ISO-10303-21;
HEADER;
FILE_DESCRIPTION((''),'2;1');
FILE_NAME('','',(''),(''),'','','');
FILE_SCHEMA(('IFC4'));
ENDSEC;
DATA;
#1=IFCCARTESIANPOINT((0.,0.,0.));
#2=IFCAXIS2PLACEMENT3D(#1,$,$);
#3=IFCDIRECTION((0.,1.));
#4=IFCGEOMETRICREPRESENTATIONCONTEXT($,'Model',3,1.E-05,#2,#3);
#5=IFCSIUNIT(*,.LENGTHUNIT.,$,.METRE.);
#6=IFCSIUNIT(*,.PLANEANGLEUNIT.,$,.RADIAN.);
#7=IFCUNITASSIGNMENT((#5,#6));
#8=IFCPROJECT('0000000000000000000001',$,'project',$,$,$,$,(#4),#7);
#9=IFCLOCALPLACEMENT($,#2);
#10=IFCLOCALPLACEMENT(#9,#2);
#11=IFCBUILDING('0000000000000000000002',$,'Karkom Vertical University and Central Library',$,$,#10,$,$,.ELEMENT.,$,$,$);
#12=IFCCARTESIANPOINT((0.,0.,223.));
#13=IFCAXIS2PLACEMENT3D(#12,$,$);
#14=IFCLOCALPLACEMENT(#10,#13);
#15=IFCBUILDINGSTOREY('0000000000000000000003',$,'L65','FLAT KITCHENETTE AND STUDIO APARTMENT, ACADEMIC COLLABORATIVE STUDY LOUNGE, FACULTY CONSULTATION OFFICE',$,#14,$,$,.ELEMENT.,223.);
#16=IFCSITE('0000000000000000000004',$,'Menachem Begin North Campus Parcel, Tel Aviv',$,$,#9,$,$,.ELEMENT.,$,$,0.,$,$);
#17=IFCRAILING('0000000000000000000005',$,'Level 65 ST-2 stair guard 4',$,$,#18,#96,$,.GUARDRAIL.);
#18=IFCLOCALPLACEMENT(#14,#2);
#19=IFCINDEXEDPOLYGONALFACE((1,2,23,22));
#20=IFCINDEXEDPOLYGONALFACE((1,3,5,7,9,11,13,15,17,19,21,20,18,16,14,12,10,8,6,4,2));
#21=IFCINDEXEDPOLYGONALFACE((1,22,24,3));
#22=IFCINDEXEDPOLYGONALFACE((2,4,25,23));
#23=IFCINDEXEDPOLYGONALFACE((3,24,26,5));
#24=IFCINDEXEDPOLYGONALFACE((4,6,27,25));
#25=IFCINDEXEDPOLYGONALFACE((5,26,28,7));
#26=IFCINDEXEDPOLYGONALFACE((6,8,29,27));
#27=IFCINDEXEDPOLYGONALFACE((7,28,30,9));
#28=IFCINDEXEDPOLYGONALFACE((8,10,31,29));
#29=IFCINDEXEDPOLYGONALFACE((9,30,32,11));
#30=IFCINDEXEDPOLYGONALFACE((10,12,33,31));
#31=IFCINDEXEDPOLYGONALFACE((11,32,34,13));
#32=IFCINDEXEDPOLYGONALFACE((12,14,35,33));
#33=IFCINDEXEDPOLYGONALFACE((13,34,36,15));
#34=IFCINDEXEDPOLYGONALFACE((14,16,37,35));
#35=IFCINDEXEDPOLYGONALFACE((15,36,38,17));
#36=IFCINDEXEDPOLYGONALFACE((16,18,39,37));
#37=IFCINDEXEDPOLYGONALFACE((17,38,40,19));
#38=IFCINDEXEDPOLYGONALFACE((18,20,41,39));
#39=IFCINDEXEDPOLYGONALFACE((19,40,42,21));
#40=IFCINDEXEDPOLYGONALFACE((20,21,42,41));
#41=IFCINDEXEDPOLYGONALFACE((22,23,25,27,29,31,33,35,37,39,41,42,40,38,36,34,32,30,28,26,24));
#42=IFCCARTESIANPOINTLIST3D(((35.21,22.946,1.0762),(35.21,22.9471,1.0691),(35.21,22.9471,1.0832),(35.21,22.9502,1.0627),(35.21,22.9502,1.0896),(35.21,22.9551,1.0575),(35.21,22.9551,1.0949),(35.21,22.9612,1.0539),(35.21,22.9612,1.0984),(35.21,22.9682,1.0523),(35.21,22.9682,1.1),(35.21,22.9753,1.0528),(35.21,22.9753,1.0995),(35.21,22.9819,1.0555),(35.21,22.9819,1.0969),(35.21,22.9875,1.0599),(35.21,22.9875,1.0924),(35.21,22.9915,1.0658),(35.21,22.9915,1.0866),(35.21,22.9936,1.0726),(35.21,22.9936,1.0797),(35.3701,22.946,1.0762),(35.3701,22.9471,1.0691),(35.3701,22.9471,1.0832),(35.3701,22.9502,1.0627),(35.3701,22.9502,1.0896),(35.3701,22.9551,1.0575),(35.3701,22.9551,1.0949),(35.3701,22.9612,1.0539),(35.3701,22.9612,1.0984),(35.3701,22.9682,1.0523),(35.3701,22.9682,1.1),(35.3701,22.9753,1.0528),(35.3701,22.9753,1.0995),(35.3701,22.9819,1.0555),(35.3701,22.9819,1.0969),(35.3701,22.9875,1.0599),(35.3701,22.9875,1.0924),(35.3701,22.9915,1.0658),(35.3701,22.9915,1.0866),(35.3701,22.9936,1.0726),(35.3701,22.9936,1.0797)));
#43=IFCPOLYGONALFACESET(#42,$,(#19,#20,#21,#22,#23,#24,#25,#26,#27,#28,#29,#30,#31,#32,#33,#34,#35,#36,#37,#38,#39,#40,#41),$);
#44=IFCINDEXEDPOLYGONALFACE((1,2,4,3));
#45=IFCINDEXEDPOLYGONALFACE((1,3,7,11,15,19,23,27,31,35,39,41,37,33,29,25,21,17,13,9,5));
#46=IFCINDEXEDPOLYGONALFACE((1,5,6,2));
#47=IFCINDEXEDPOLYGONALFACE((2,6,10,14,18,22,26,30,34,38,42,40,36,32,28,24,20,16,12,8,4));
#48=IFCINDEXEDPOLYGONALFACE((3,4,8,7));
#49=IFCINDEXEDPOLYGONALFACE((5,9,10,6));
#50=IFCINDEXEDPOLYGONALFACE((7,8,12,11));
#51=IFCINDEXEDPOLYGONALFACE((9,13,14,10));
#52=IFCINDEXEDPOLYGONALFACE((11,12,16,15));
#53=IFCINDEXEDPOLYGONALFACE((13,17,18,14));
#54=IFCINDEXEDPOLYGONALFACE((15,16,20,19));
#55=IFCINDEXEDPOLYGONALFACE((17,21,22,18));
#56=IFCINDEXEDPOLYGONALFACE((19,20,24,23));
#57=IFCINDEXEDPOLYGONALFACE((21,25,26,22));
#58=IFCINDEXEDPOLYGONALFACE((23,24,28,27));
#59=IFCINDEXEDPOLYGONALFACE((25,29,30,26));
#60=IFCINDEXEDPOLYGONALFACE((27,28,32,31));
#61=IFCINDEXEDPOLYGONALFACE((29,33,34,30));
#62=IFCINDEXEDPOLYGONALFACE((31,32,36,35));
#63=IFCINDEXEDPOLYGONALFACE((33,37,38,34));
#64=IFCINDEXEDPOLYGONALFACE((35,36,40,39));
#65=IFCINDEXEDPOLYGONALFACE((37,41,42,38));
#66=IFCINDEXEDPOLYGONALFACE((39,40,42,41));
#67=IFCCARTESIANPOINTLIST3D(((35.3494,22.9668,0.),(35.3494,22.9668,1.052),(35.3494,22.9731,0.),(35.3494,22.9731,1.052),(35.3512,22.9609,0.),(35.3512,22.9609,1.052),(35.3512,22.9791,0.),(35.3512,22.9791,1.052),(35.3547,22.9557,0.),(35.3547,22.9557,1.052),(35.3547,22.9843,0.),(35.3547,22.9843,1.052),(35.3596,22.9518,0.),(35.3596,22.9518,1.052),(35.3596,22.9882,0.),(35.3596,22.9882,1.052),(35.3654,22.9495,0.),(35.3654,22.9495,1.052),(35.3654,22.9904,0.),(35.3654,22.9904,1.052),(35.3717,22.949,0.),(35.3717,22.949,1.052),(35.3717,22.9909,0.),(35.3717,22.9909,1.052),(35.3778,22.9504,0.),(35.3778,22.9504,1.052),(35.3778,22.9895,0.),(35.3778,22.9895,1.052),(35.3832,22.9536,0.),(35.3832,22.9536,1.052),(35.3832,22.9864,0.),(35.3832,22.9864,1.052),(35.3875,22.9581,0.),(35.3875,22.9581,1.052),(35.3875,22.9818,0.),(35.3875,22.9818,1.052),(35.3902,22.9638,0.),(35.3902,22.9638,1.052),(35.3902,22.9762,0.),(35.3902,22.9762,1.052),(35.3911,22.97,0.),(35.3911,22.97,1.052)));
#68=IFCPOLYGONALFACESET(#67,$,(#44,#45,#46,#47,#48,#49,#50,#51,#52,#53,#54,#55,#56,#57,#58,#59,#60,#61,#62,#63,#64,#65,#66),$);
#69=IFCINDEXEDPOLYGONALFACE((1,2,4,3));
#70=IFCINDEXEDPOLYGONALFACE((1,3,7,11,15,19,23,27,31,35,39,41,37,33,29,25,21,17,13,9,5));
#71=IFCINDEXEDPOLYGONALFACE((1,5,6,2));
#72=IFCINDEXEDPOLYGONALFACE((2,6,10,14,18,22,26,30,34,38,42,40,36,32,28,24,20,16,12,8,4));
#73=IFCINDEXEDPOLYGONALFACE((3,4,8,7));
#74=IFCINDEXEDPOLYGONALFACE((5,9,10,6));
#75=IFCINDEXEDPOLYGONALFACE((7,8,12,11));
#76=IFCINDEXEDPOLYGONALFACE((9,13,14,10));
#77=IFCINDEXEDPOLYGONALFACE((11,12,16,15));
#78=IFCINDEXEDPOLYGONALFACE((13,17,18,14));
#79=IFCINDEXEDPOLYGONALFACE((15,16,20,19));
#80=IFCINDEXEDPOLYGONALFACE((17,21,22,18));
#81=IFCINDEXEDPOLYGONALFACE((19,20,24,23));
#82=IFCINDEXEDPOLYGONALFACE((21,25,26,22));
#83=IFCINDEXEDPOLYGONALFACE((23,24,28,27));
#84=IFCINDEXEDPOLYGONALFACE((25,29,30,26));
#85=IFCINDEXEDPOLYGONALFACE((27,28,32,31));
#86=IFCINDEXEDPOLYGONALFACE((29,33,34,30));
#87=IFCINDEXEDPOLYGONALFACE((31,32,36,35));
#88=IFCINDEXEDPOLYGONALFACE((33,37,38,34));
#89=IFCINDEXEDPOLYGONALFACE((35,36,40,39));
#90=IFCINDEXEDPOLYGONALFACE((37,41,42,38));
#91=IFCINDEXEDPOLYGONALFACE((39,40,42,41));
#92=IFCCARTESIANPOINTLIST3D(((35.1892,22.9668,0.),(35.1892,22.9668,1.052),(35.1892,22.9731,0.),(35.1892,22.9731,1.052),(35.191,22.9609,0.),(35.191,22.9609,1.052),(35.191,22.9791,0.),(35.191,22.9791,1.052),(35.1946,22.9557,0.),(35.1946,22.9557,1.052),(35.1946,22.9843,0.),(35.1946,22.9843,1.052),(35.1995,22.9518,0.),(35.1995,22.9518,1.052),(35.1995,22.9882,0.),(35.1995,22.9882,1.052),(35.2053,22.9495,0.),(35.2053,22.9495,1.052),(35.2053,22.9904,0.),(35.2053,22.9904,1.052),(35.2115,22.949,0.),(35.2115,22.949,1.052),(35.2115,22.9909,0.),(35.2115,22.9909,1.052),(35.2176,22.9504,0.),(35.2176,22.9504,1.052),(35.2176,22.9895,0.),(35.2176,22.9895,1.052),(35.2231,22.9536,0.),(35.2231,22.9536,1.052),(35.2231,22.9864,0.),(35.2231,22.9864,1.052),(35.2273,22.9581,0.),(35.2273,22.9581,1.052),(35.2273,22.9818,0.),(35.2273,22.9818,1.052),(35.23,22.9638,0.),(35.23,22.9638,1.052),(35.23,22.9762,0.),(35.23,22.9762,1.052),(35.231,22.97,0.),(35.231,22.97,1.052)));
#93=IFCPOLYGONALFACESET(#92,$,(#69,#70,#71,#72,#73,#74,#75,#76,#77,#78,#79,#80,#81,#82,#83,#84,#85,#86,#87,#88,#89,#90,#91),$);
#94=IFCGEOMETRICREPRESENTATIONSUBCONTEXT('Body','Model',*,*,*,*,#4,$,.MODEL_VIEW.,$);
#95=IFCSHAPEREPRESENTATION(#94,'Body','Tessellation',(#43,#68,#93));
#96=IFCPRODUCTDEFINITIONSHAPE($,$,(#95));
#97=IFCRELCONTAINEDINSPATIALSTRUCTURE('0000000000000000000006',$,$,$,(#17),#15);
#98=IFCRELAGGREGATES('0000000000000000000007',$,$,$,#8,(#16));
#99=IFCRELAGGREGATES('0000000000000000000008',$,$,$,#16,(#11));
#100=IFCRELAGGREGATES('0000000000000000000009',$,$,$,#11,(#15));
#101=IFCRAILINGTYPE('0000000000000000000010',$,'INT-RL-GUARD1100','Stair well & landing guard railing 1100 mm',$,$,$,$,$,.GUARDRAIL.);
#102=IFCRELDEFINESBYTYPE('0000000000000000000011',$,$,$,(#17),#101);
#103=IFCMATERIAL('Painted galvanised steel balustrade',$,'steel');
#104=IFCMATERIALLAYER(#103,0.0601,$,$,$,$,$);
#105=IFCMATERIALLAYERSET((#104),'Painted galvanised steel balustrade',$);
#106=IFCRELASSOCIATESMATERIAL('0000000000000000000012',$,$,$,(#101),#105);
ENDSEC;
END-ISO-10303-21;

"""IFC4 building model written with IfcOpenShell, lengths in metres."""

from ifc_helpers import new_model, si_unit, direction, frame, origin, origin_2d, place, context, subcontext, project, spatial, circle, extrude, material, layer, layer_set, type_object, element, save


model = new_model("IFC4")

# Units and contexts
model_context = context("Model", 3, precision=1e-05, world=origin(), true_north=direction((0.0, 1.0)))
body_context = subcontext(model_context, "Body", "Model", "MODEL_VIEW")
ifc_project = project(units=[si_unit("LENGTHUNIT", "METRE"), si_unit("PLANEANGLEUNIT", "RADIAN")], contexts=[model_context])

# Site, building, storey
site_placement = place(None, origin())
site = spatial("IfcSite", under=ifc_project, at=site_placement, Name="Menachem Begin North Campus Parcel, Tel Aviv", CompositionType="ELEMENT", RefElevation=0.0)
building_placement = place(site_placement, origin())
building = spatial("IfcBuilding", under=site, at=building_placement, Name="Karkom Vertical University and Central Library", CompositionType="ELEMENT")
storey_placement = place(building_placement, frame((0.0, 0.0, 223.0)))
storey = spatial("IfcBuildingStorey", under=building, at=storey_placement, Name="L65", Description="FLAT KITCHENETTE AND STUDIO APARTMENT, ACADEMIC COLLABORATIVE STUDY LOUNGE, FACULTY CONSULTATION OFFICE", CompositionType="ELEMENT", Elevation=223.0)

# Railing
ifc_material_1 = material(Name="Painted galvanised steel balustrade", Category="steel")
ifc_layer_1 = layer(ifc_material_1, 0.0601)
ifc_layer_set_1 = layer_set([ifc_layer_1], Name="Painted galvanised steel balustrade")
railing_type_1 = type_object("IfcRailingType", Name="INT-RL-GUARD1100", Description="Stair well & landing guard railing 1100 mm", PredefinedType="GUARDRAIL", material=ifc_layer_set_1)
railing_1_placement = place(storey_placement, frame((35.3701, 22.97, 0.0)))
element("IfcRailing", 1, at=railing_1_placement, inside=storey, type_object=railing_type_1, Name="Level 65 ST-2 stair guard 4", PredefinedType="GUARDRAIL", context=body_context, shape_type="SweptSolid", body=[
    extrude(circle(Radius=0.0239, at=origin_2d()), frame((0.0, 0.0, 1.0762), z_axis=(-1.0, 0.0, 0.0), x_axis=(0.0, -1.0, 0.0)), (0.0, 0.0, 1.0), 0.1602),
    extrude(circle(Radius=0.021, at=origin_2d()), origin(), (0.0, 0.0, 1.0), 1.052),
    extrude(circle(Radius=0.021, at=origin_2d()), frame((-0.1602, 0.0, 0.0)), (0.0, 0.0, 1.0), 1.052),
])

save(model, "model.ifc")
